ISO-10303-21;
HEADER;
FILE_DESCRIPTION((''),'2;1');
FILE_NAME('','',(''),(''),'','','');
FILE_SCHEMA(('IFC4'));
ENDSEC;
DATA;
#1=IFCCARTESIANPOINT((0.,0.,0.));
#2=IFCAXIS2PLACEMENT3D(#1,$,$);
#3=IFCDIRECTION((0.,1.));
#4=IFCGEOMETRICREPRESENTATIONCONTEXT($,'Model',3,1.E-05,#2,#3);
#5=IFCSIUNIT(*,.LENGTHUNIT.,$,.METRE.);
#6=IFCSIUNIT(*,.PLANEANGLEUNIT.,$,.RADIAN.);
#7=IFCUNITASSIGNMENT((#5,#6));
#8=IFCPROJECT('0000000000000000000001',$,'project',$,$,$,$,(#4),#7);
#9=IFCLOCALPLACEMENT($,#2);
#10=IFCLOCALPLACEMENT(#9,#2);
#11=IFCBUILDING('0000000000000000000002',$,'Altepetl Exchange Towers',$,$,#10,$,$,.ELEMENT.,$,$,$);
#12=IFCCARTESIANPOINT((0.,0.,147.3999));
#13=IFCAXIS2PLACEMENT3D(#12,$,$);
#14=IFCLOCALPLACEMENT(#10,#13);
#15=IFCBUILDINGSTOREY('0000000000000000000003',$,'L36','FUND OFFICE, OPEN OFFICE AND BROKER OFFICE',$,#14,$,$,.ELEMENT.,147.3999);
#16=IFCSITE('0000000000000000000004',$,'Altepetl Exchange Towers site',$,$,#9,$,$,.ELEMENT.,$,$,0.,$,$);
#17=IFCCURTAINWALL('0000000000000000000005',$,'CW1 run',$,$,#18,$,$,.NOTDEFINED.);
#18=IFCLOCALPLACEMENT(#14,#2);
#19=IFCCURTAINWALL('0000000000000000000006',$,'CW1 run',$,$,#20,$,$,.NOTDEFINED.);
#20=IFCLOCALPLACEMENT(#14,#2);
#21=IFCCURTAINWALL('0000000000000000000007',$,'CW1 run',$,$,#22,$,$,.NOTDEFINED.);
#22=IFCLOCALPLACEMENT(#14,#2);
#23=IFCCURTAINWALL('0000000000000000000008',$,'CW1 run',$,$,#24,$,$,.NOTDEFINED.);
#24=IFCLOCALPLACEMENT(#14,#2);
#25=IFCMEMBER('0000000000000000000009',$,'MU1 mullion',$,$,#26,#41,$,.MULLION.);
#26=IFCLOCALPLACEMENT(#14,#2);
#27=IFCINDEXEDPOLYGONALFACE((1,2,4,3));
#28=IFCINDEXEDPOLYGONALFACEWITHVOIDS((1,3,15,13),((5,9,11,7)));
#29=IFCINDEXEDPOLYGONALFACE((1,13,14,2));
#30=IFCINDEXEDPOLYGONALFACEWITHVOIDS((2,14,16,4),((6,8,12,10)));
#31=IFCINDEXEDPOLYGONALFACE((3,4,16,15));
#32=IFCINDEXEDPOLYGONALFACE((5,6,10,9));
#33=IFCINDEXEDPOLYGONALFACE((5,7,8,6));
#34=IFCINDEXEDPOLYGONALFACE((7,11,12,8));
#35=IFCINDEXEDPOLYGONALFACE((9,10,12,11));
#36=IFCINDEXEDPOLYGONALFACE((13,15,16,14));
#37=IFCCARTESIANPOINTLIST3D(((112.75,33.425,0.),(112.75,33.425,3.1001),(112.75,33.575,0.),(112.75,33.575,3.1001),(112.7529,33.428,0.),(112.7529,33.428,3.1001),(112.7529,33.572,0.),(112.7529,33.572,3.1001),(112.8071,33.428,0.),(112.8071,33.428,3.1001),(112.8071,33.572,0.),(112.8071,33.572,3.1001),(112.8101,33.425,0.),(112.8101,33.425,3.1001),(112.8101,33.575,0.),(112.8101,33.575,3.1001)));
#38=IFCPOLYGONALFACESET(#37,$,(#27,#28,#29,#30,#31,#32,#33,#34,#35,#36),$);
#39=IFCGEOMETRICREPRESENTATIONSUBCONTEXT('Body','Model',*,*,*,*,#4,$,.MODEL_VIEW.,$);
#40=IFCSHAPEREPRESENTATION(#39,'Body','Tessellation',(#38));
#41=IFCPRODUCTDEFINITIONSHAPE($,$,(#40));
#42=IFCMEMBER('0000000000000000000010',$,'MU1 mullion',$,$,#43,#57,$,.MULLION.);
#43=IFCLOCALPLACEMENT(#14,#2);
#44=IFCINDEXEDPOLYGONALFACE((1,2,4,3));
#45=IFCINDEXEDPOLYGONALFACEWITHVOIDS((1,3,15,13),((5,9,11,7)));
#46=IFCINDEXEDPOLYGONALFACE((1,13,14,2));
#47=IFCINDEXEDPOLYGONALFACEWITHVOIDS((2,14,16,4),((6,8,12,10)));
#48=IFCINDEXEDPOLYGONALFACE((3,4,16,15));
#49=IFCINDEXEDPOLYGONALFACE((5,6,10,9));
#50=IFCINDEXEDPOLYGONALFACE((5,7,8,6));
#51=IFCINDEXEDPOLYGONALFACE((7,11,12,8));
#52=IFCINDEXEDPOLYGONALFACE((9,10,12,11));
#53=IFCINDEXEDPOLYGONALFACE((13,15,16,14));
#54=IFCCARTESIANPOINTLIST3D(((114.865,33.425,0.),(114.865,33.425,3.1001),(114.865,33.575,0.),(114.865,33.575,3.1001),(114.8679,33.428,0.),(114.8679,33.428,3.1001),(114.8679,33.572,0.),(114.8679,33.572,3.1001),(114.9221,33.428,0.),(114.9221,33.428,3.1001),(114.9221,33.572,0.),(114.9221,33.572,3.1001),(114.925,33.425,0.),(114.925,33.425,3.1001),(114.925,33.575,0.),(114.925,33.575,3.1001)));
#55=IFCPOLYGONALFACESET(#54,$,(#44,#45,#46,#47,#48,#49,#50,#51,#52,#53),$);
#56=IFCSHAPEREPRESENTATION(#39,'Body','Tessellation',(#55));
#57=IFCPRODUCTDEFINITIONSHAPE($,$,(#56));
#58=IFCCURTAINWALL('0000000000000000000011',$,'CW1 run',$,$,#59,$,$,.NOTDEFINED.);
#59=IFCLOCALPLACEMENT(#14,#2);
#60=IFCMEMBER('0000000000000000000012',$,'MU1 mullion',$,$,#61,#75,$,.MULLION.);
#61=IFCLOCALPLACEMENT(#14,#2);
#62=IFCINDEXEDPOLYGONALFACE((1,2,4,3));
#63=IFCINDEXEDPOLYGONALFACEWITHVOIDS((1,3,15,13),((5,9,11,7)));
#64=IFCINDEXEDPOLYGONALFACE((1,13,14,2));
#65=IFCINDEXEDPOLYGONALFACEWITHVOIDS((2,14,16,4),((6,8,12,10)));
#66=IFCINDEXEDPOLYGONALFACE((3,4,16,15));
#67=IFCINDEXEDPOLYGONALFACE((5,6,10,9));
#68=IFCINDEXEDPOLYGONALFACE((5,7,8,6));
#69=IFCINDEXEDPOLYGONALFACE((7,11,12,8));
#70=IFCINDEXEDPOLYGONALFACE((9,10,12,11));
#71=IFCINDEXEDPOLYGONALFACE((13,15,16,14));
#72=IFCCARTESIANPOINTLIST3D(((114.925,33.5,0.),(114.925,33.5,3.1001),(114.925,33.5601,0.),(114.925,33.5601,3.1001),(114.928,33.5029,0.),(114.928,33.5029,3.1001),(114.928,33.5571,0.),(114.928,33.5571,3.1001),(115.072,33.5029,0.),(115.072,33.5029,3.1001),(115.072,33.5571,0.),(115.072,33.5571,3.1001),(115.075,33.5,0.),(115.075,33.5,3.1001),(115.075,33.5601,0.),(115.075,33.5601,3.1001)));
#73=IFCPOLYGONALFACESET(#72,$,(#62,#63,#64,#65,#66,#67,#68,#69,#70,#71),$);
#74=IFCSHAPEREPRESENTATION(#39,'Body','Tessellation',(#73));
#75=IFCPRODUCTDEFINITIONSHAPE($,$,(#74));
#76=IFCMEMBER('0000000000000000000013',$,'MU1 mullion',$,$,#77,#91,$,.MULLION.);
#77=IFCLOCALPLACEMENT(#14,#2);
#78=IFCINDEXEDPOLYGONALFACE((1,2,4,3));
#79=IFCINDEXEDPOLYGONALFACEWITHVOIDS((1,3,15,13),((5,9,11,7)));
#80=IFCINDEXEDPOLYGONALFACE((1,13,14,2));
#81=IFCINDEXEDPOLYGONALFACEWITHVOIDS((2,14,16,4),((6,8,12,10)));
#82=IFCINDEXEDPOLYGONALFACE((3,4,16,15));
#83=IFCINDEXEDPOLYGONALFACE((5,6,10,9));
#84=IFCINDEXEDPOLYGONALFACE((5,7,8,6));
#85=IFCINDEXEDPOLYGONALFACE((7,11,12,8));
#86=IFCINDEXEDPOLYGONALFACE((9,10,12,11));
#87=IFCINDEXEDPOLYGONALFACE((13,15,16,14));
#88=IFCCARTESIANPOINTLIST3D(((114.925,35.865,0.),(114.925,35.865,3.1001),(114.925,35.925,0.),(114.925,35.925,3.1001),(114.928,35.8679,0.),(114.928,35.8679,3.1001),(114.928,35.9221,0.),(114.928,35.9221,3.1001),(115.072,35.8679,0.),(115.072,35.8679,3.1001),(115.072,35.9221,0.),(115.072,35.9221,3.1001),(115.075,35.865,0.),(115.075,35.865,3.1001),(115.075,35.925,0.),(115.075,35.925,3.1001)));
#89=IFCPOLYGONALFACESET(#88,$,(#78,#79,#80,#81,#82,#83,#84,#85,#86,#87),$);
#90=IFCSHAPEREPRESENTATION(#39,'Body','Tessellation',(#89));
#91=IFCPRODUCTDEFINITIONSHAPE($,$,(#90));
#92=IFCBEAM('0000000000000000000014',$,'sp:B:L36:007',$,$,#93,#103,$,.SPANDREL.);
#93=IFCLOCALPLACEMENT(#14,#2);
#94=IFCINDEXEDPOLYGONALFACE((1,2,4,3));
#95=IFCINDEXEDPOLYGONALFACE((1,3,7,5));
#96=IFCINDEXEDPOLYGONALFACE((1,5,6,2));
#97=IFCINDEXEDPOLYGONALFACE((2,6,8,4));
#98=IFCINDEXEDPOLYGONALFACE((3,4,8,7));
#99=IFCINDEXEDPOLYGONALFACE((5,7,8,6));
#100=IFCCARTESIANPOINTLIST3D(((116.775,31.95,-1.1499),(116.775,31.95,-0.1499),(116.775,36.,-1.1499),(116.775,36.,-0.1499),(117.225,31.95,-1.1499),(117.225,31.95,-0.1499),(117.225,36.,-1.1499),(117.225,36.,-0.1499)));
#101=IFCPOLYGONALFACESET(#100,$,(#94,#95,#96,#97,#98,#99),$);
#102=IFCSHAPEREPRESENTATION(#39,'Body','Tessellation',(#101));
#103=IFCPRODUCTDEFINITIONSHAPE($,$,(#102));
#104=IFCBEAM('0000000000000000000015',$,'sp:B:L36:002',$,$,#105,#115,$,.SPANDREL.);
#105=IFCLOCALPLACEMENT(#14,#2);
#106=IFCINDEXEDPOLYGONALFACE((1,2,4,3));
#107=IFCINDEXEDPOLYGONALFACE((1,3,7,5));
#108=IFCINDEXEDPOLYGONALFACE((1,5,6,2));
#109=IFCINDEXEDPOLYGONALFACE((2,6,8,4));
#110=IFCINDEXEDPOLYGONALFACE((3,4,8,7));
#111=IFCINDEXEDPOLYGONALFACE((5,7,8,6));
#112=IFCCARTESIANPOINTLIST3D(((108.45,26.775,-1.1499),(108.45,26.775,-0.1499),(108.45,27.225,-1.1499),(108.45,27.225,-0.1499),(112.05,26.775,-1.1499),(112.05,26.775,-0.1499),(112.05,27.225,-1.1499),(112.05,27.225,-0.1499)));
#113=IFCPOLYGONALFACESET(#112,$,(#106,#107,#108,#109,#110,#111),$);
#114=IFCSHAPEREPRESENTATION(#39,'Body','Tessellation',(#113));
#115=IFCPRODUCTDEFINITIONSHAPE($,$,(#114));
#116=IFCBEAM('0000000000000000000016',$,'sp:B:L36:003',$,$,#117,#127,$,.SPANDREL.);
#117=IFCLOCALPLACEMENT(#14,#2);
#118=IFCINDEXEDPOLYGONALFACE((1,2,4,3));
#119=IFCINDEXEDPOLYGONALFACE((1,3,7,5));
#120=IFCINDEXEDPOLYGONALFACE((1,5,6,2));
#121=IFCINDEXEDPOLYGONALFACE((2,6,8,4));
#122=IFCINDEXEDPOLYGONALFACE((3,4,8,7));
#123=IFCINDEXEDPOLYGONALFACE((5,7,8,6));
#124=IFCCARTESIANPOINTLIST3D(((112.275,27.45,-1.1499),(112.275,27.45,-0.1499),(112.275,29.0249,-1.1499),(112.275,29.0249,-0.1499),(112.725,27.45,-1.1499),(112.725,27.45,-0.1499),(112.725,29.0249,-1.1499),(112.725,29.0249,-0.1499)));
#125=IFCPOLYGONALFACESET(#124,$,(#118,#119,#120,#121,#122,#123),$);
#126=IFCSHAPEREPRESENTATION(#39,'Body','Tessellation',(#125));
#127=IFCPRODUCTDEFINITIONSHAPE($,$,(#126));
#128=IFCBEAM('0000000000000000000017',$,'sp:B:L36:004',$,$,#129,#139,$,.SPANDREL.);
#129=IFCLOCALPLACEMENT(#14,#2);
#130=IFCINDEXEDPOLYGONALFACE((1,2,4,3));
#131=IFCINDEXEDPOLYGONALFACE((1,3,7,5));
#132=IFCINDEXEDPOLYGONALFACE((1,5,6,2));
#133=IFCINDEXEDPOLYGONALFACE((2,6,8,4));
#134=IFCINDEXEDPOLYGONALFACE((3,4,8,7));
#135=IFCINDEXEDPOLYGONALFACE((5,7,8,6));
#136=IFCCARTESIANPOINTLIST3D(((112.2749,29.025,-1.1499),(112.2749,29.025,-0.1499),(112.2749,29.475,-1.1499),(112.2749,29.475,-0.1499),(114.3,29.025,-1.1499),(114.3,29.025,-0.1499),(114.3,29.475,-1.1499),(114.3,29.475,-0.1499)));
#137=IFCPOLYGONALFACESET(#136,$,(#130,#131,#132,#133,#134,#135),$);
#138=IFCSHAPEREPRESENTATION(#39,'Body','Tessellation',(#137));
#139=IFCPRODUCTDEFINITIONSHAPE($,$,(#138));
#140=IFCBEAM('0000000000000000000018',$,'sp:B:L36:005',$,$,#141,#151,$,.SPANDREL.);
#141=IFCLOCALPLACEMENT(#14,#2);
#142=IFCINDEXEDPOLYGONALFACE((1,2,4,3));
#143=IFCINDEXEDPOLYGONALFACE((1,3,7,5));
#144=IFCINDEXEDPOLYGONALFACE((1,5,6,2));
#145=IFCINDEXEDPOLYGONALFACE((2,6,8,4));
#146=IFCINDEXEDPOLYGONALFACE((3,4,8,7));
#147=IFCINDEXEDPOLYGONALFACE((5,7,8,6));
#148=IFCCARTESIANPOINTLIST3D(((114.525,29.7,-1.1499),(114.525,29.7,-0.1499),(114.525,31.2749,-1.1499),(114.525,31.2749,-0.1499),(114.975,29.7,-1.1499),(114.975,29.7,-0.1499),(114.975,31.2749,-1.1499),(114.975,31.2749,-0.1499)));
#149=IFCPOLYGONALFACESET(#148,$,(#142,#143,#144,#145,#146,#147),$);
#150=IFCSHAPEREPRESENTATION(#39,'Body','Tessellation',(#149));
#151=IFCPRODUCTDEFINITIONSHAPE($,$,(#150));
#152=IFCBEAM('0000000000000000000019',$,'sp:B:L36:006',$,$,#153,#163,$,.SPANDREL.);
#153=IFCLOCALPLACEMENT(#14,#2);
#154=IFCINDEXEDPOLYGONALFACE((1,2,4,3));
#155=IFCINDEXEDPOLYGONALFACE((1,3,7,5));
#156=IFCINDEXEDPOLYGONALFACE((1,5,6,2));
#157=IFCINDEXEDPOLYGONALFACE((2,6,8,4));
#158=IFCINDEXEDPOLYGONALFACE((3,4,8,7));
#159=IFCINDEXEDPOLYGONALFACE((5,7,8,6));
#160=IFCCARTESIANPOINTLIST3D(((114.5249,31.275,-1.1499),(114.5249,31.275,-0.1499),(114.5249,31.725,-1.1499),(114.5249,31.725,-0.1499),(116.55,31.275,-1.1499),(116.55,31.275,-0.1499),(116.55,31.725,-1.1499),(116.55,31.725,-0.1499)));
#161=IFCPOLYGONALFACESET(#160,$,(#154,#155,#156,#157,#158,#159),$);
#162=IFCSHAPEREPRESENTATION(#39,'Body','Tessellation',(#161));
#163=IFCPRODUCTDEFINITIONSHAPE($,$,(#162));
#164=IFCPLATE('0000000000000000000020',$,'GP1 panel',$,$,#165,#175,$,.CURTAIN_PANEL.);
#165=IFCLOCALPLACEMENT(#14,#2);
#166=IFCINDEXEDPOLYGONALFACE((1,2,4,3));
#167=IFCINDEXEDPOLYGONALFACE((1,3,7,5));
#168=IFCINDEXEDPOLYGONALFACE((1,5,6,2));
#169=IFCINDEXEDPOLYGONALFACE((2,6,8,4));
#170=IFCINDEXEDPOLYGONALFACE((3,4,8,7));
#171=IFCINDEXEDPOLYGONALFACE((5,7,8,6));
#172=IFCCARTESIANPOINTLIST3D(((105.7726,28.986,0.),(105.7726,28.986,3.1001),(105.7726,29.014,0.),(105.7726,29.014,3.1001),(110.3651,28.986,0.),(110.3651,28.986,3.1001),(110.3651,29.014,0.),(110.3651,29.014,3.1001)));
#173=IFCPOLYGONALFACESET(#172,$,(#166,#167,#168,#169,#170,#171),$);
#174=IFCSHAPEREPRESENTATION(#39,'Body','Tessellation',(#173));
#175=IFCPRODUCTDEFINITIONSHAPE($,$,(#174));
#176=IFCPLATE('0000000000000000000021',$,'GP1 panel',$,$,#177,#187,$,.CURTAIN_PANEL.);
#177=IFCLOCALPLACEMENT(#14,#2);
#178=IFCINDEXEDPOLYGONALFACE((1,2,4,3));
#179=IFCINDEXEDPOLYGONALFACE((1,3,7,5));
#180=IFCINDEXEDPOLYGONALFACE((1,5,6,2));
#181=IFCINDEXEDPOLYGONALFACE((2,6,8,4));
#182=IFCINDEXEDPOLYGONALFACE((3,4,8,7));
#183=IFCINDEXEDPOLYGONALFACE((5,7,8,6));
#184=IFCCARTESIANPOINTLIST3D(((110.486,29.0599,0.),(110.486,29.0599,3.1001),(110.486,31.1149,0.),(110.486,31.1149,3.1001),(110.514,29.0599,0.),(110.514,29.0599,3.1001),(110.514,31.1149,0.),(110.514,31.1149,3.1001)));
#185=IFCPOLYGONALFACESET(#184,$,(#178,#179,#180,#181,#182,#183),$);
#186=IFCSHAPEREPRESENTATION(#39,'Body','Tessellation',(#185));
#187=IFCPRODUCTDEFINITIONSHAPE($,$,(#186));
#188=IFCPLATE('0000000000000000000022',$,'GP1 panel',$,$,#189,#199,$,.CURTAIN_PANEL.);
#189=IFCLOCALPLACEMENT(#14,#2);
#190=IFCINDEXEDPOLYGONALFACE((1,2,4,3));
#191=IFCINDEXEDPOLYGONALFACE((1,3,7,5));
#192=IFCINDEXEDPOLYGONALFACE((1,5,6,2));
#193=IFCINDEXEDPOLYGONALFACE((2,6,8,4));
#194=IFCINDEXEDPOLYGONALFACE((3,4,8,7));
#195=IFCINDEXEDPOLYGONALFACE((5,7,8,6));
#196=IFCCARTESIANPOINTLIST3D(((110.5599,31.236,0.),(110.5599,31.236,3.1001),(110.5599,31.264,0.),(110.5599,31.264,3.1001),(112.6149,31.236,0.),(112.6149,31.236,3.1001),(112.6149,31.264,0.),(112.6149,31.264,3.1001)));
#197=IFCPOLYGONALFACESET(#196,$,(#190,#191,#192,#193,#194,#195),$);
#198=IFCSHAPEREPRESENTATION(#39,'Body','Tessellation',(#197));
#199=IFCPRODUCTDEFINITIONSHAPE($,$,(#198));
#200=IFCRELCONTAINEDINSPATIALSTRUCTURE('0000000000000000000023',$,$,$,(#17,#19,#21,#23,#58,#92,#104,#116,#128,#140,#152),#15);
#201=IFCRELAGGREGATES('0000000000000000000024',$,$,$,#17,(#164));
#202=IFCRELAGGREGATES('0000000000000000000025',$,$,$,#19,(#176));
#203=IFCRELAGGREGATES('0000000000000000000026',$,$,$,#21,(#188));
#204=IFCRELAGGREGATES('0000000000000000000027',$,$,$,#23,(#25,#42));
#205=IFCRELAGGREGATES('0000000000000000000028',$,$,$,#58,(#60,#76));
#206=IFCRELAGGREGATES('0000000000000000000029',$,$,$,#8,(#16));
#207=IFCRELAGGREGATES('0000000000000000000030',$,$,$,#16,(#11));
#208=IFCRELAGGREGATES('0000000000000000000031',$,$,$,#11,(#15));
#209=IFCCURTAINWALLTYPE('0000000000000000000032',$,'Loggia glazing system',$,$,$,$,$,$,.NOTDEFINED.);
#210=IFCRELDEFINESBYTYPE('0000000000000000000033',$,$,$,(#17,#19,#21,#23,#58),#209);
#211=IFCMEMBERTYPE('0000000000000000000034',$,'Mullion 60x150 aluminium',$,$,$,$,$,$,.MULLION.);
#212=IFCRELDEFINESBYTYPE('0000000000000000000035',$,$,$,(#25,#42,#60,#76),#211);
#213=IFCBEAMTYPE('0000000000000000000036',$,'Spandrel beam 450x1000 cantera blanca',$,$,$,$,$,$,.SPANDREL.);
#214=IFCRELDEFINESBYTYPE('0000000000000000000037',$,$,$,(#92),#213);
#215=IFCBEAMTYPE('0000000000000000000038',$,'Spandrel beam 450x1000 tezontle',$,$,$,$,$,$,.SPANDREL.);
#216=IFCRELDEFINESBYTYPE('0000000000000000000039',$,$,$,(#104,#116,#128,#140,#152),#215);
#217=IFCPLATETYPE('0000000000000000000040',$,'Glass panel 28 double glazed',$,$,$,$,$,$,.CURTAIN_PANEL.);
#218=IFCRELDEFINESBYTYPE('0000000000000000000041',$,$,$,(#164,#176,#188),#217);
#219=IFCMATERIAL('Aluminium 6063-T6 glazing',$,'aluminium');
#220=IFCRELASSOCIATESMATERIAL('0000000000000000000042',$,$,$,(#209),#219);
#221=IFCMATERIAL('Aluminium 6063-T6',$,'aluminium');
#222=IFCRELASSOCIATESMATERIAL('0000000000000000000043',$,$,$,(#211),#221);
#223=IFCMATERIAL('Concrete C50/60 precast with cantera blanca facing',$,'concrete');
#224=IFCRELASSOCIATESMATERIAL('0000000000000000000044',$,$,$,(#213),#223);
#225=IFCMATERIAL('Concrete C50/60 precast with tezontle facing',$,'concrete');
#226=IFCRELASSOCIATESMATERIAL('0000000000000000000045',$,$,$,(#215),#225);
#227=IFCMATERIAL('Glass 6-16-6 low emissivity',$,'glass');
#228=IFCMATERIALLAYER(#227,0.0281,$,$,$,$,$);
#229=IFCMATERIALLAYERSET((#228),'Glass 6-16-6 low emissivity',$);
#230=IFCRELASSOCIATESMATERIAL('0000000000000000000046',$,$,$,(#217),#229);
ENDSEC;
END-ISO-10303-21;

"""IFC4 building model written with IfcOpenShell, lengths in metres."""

from ifc_helpers import new_model, si_unit, direction, frame, origin, origin_2d, place, context, subcontext, project, spatial, rectangle, hollow_rectangle, extrude, material, layer, layer_set, material_profile, profile_set, type_object, element, aggregate, save


model = new_model("IFC4")

# Units and contexts
model_context = context("Model", 3, precision=1e-05, world=origin(), true_north=direction((0.0, 1.0)))
body_context = subcontext(model_context, "Body", "Model", "MODEL_VIEW")
ifc_project = project(units=[si_unit("LENGTHUNIT", "METRE"), si_unit("PLANEANGLEUNIT", "RADIAN")], contexts=[model_context])

# Site, building, storey
site_placement = place(None, origin())
site = spatial("IfcSite", under=ifc_project, at=site_placement, Name="Altepetl Exchange Towers site", CompositionType="ELEMENT", RefElevation=0.0)
building_placement = place(site_placement, origin())
building = spatial("IfcBuilding", under=site, at=building_placement, Name="Altepetl Exchange Towers", CompositionType="ELEMENT")
storey_placement = place(building_placement, frame((0.0, 0.0, 147.3999)))
storey = spatial("IfcBuildingStorey", under=building, at=storey_placement, Name="L36", Description="FUND OFFICE, OPEN OFFICE AND BROKER OFFICE", CompositionType="ELEMENT", Elevation=147.3999)

# Curtain wall
ifc_material_1 = material(Name="Aluminium 6063-T6 glazing", Category="aluminium")
curtain_wall_type = type_object("IfcCurtainWallType", Name="Loggia glazing system", PredefinedType="NOTDEFINED", material=ifc_material_1)
curtain_wall_1_placement = place(storey_placement, origin())
curtain_wall_1 = element("IfcCurtainWall", 1, at=curtain_wall_1_placement, inside=storey, type_object=curtain_wall_type, Name="CW1 run", PredefinedType="NOTDEFINED")
ifc_material_2 = material(Name="Aluminium 6063-T6", Category="aluminium")
ifc_material_profile_1 = material_profile(ifc_material_2, hollow_rectangle(XDim=0.0601, YDim=0.1499, WallThickness=0.0029, at=origin_2d()), Name="Mullion 60x150 aluminium")
ifc_profile_set_1 = profile_set([ifc_material_profile_1], Name="Aluminium 6063-T6")
member_type = type_object("IfcMemberType", Name="Mullion 60x150 aluminium", PredefinedType="MULLION", material=ifc_profile_set_1)

# Curtain walls, members
curtain_wall_2_placement = place(storey_placement, origin())
curtain_wall_2 = element("IfcCurtainWall", 2, at=curtain_wall_2_placement, inside=storey, type_object=curtain_wall_type, Name="CW1 run", PredefinedType="NOTDEFINED")
curtain_wall_3_placement = place(storey_placement, origin())
curtain_wall_3 = element("IfcCurtainWall", 3, at=curtain_wall_3_placement, inside=storey, type_object=curtain_wall_type, Name="CW1 run", PredefinedType="NOTDEFINED")
curtain_wall_4_placement = place(storey_placement, origin())
curtain_wall_4 = element("IfcCurtainWall", 4, at=curtain_wall_4_placement, inside=storey, type_object=curtain_wall_type, Name="CW1 run", PredefinedType="NOTDEFINED")
member_1_placement = place(storey_placement, frame((112.78, 33.5, 0.0)))
member_1 = element("IfcMember", 5, at=member_1_placement, type_object=member_type, Name="MU1 mullion", PredefinedType="MULLION", context=body_context, shape_type="SweptSolid", body=[
    extrude(hollow_rectangle(XDim=0.0601, YDim=0.1499, WallThickness=0.0029, at=origin_2d()), origin(), (0.0, 0.0, 1.0), 3.1001),
])
member_2_placement = place(storey_placement, frame((114.895, 33.5, 0.0)))
member_2 = element("IfcMember", 6, at=member_2_placement, type_object=member_type, Name="MU1 mullion", PredefinedType="MULLION", context=body_context, shape_type="SweptSolid", body=[
    extrude(hollow_rectangle(XDim=0.0601, YDim=0.1499, WallThickness=0.0029, at=origin_2d()), origin(), (0.0, 0.0, 1.0), 3.1001),
])
curtain_wall_5_placement = place(storey_placement, origin())
curtain_wall_5 = element("IfcCurtainWall", 7, at=curtain_wall_5_placement, inside=storey, type_object=curtain_wall_type, Name="CW1 run", PredefinedType="NOTDEFINED")
member_3_placement = place(storey_placement, frame((115.0, 33.53, 0.0), z_axis=(0.0, 0.0, 1.0), x_axis=(0.0, 1.0, 0.0)))
member_3 = element("IfcMember", 8, at=member_3_placement, type_object=member_type, Name="MU1 mullion", PredefinedType="MULLION", context=body_context, shape_type="SweptSolid", body=[
    extrude(hollow_rectangle(XDim=0.0601, YDim=0.1499, WallThickness=0.0029, at=origin_2d()), origin(), (0.0, 0.0, 1.0), 3.1001),
])
member_4_placement = place(storey_placement, frame((115.0, 35.895, 0.0), z_axis=(0.0, 0.0, 1.0), x_axis=(0.0, 1.0, 0.0)))
member_4 = element("IfcMember", 9, at=member_4_placement, type_object=member_type, Name="MU1 mullion", PredefinedType="MULLION", context=body_context, shape_type="SweptSolid", body=[
    extrude(hollow_rectangle(XDim=0.0601, YDim=0.1499, WallThickness=0.0029, at=origin_2d()), origin(), (0.0, 0.0, 1.0), 3.1001),
])

# Beams
ifc_material_3 = material(Name="Concrete C50/60 precast with cantera blanca facing", Category="concrete")
ifc_material_profile_2 = material_profile(ifc_material_3, rectangle(XDim=0.45, YDim=1.0, at=origin_2d()), Name="450 x 1000")
ifc_profile_set_2 = profile_set([ifc_material_profile_2], Name="Concrete C50/60 precast with cantera blanca facing")
beam_type_1 = type_object("IfcBeamType", Name="Spandrel beam 450x1000 cantera blanca", PredefinedType="SPANDREL", material=ifc_profile_set_2)
beam_1_placement = place(storey_placement, frame((117.0, 31.95, -0.6499), z_axis=(0.0, 1.0, 0.0), x_axis=(-1.0, 0.0, 0.0)))
element("IfcBeam", 10, at=beam_1_placement, inside=storey, type_object=beam_type_1, Name="sp:B:L36:007", PredefinedType="SPANDREL", context=body_context, shape_type="SweptSolid", body=[
    extrude(rectangle(XDim=0.45, YDim=1.0, at=origin_2d()), origin(), (0.0, 0.0, 1.0), 4.05),
])
ifc_material_4 = material(Name="Concrete C50/60 precast with tezontle facing", Category="concrete")
ifc_material_profile_3 = material_profile(ifc_material_4, rectangle(XDim=0.45, YDim=1.0, at=origin_2d()), Name="450 x 1000")
ifc_profile_set_3 = profile_set([ifc_material_profile_3], Name="Concrete C50/60 precast with tezontle facing")
beam_type_2 = type_object("IfcBeamType", Name="Spandrel beam 450x1000 tezontle", PredefinedType="SPANDREL", material=ifc_profile_set_3)
beam_2_placement = place(storey_placement, frame((108.45, 27.0, -0.6499), z_axis=(1.0, 0.0, 0.0), x_axis=(0.0, 1.0, 0.0)))
element("IfcBeam", 11, at=beam_2_placement, inside=storey, type_object=beam_type_2, Name="sp:B:L36:002", PredefinedType="SPANDREL", context=body_context, shape_type="SweptSolid", body=[
    extrude(rectangle(XDim=0.45, YDim=1.0, at=origin_2d()), origin(), (0.0, 0.0, 1.0), 3.6001),
])
beam_3_placement = place(storey_placement, frame((112.5, 27.45, -0.6499), z_axis=(0.0, 1.0, 0.0), x_axis=(-1.0, 0.0, 0.0)))
element("IfcBeam", 12, at=beam_3_placement, inside=storey, type_object=beam_type_2, Name="sp:B:L36:003", PredefinedType="SPANDREL", context=body_context, shape_type="SweptSolid", body=[
    extrude(rectangle(XDim=0.45, YDim=1.0, at=origin_2d()), origin(), (0.0, 0.0, 1.0), 1.575),
])
beam_4_placement = place(storey_placement, frame((112.2749, 29.25, -0.6499), z_axis=(1.0, 0.0, 0.0), x_axis=(0.0, 1.0, 0.0)))
element("IfcBeam", 13, at=beam_4_placement, inside=storey, type_object=beam_type_2, Name="sp:B:L36:004", PredefinedType="SPANDREL", context=body_context, shape_type="SweptSolid", body=[
    extrude(rectangle(XDim=0.45, YDim=1.0, at=origin_2d()), origin(), (0.0, 0.0, 1.0), 2.0251),
])
beam_5_placement = place(storey_placement, frame((114.75, 29.7, -0.6499), z_axis=(0.0, 1.0, 0.0), x_axis=(-1.0, 0.0, 0.0)))
element("IfcBeam", 14, at=beam_5_placement, inside=storey, type_object=beam_type_2, Name="sp:B:L36:005", PredefinedType="SPANDREL", context=body_context, shape_type="SweptSolid", body=[
    extrude(rectangle(XDim=0.45, YDim=1.0, at=origin_2d()), origin(), (0.0, 0.0, 1.0), 1.575),
])
beam_6_placement = place(storey_placement, frame((114.5249, 31.5, -0.6499), z_axis=(1.0, 0.0, 0.0), x_axis=(0.0, 1.0, 0.0)))
element("IfcBeam", 15, at=beam_6_placement, inside=storey, type_object=beam_type_2, Name="sp:B:L36:006", PredefinedType="SPANDREL", context=body_context, shape_type="SweptSolid", body=[
    extrude(rectangle(XDim=0.45, YDim=1.0, at=origin_2d()), origin(), (0.0, 0.0, 1.0), 2.0251),
])

# Plates
ifc_material_5 = material(Name="Glass 6-16-6 low emissivity", Category="glass")
ifc_layer_1 = layer(ifc_material_5, 0.0281)
ifc_layer_set_1 = layer_set([ifc_layer_1], Name="Glass 6-16-6 low emissivity")
plate_type = type_object("IfcPlateType", Name="Glass panel 28 double glazed", PredefinedType="CURTAIN_PANEL", material=ifc_layer_set_1)
plate_1_placement = place(storey_placement, frame((108.0688, 29.0, 0.0)))
plate_1 = element("IfcPlate", 16, at=plate_1_placement, type_object=plate_type, Name="GP1 panel", PredefinedType="CURTAIN_PANEL", context=body_context, shape_type="SweptSolid", body=[
    extrude(rectangle(XDim=4.5925, YDim=0.0281, at=origin_2d()), origin(), (0.0, 0.0, 1.0), 3.1001),
])
aggregate(curtain_wall_1, [plate_1])
plate_2_placement = place(storey_placement, frame((110.5, 30.0874, 0.0), z_axis=(0.0, 0.0, 1.0), x_axis=(0.0, 1.0, 0.0)))
plate_2 = element("IfcPlate", 17, at=plate_2_placement, type_object=plate_type, Name="GP1 panel", PredefinedType="CURTAIN_PANEL", context=body_context, shape_type="SweptSolid", body=[
    extrude(rectangle(XDim=2.0549, YDim=0.0281, at=origin_2d()), origin(), (0.0, 0.0, 1.0), 3.1001),
])
aggregate(curtain_wall_2, [plate_2])
plate_3_placement = place(storey_placement, frame((111.5874, 31.25, 0.0)))
plate_3 = element("IfcPlate", 18, at=plate_3_placement, type_object=plate_type, Name="GP1 panel", PredefinedType="CURTAIN_PANEL", context=body_context, shape_type="SweptSolid", body=[
    extrude(rectangle(XDim=2.0549, YDim=0.0281, at=origin_2d()), origin(), (0.0, 0.0, 1.0), 3.1001),
])
aggregate(curtain_wall_3, [plate_3])
aggregate(curtain_wall_4, [member_1, member_2])
aggregate(curtain_wall_5, [member_3, member_4])

save(model, "model.ifc")
